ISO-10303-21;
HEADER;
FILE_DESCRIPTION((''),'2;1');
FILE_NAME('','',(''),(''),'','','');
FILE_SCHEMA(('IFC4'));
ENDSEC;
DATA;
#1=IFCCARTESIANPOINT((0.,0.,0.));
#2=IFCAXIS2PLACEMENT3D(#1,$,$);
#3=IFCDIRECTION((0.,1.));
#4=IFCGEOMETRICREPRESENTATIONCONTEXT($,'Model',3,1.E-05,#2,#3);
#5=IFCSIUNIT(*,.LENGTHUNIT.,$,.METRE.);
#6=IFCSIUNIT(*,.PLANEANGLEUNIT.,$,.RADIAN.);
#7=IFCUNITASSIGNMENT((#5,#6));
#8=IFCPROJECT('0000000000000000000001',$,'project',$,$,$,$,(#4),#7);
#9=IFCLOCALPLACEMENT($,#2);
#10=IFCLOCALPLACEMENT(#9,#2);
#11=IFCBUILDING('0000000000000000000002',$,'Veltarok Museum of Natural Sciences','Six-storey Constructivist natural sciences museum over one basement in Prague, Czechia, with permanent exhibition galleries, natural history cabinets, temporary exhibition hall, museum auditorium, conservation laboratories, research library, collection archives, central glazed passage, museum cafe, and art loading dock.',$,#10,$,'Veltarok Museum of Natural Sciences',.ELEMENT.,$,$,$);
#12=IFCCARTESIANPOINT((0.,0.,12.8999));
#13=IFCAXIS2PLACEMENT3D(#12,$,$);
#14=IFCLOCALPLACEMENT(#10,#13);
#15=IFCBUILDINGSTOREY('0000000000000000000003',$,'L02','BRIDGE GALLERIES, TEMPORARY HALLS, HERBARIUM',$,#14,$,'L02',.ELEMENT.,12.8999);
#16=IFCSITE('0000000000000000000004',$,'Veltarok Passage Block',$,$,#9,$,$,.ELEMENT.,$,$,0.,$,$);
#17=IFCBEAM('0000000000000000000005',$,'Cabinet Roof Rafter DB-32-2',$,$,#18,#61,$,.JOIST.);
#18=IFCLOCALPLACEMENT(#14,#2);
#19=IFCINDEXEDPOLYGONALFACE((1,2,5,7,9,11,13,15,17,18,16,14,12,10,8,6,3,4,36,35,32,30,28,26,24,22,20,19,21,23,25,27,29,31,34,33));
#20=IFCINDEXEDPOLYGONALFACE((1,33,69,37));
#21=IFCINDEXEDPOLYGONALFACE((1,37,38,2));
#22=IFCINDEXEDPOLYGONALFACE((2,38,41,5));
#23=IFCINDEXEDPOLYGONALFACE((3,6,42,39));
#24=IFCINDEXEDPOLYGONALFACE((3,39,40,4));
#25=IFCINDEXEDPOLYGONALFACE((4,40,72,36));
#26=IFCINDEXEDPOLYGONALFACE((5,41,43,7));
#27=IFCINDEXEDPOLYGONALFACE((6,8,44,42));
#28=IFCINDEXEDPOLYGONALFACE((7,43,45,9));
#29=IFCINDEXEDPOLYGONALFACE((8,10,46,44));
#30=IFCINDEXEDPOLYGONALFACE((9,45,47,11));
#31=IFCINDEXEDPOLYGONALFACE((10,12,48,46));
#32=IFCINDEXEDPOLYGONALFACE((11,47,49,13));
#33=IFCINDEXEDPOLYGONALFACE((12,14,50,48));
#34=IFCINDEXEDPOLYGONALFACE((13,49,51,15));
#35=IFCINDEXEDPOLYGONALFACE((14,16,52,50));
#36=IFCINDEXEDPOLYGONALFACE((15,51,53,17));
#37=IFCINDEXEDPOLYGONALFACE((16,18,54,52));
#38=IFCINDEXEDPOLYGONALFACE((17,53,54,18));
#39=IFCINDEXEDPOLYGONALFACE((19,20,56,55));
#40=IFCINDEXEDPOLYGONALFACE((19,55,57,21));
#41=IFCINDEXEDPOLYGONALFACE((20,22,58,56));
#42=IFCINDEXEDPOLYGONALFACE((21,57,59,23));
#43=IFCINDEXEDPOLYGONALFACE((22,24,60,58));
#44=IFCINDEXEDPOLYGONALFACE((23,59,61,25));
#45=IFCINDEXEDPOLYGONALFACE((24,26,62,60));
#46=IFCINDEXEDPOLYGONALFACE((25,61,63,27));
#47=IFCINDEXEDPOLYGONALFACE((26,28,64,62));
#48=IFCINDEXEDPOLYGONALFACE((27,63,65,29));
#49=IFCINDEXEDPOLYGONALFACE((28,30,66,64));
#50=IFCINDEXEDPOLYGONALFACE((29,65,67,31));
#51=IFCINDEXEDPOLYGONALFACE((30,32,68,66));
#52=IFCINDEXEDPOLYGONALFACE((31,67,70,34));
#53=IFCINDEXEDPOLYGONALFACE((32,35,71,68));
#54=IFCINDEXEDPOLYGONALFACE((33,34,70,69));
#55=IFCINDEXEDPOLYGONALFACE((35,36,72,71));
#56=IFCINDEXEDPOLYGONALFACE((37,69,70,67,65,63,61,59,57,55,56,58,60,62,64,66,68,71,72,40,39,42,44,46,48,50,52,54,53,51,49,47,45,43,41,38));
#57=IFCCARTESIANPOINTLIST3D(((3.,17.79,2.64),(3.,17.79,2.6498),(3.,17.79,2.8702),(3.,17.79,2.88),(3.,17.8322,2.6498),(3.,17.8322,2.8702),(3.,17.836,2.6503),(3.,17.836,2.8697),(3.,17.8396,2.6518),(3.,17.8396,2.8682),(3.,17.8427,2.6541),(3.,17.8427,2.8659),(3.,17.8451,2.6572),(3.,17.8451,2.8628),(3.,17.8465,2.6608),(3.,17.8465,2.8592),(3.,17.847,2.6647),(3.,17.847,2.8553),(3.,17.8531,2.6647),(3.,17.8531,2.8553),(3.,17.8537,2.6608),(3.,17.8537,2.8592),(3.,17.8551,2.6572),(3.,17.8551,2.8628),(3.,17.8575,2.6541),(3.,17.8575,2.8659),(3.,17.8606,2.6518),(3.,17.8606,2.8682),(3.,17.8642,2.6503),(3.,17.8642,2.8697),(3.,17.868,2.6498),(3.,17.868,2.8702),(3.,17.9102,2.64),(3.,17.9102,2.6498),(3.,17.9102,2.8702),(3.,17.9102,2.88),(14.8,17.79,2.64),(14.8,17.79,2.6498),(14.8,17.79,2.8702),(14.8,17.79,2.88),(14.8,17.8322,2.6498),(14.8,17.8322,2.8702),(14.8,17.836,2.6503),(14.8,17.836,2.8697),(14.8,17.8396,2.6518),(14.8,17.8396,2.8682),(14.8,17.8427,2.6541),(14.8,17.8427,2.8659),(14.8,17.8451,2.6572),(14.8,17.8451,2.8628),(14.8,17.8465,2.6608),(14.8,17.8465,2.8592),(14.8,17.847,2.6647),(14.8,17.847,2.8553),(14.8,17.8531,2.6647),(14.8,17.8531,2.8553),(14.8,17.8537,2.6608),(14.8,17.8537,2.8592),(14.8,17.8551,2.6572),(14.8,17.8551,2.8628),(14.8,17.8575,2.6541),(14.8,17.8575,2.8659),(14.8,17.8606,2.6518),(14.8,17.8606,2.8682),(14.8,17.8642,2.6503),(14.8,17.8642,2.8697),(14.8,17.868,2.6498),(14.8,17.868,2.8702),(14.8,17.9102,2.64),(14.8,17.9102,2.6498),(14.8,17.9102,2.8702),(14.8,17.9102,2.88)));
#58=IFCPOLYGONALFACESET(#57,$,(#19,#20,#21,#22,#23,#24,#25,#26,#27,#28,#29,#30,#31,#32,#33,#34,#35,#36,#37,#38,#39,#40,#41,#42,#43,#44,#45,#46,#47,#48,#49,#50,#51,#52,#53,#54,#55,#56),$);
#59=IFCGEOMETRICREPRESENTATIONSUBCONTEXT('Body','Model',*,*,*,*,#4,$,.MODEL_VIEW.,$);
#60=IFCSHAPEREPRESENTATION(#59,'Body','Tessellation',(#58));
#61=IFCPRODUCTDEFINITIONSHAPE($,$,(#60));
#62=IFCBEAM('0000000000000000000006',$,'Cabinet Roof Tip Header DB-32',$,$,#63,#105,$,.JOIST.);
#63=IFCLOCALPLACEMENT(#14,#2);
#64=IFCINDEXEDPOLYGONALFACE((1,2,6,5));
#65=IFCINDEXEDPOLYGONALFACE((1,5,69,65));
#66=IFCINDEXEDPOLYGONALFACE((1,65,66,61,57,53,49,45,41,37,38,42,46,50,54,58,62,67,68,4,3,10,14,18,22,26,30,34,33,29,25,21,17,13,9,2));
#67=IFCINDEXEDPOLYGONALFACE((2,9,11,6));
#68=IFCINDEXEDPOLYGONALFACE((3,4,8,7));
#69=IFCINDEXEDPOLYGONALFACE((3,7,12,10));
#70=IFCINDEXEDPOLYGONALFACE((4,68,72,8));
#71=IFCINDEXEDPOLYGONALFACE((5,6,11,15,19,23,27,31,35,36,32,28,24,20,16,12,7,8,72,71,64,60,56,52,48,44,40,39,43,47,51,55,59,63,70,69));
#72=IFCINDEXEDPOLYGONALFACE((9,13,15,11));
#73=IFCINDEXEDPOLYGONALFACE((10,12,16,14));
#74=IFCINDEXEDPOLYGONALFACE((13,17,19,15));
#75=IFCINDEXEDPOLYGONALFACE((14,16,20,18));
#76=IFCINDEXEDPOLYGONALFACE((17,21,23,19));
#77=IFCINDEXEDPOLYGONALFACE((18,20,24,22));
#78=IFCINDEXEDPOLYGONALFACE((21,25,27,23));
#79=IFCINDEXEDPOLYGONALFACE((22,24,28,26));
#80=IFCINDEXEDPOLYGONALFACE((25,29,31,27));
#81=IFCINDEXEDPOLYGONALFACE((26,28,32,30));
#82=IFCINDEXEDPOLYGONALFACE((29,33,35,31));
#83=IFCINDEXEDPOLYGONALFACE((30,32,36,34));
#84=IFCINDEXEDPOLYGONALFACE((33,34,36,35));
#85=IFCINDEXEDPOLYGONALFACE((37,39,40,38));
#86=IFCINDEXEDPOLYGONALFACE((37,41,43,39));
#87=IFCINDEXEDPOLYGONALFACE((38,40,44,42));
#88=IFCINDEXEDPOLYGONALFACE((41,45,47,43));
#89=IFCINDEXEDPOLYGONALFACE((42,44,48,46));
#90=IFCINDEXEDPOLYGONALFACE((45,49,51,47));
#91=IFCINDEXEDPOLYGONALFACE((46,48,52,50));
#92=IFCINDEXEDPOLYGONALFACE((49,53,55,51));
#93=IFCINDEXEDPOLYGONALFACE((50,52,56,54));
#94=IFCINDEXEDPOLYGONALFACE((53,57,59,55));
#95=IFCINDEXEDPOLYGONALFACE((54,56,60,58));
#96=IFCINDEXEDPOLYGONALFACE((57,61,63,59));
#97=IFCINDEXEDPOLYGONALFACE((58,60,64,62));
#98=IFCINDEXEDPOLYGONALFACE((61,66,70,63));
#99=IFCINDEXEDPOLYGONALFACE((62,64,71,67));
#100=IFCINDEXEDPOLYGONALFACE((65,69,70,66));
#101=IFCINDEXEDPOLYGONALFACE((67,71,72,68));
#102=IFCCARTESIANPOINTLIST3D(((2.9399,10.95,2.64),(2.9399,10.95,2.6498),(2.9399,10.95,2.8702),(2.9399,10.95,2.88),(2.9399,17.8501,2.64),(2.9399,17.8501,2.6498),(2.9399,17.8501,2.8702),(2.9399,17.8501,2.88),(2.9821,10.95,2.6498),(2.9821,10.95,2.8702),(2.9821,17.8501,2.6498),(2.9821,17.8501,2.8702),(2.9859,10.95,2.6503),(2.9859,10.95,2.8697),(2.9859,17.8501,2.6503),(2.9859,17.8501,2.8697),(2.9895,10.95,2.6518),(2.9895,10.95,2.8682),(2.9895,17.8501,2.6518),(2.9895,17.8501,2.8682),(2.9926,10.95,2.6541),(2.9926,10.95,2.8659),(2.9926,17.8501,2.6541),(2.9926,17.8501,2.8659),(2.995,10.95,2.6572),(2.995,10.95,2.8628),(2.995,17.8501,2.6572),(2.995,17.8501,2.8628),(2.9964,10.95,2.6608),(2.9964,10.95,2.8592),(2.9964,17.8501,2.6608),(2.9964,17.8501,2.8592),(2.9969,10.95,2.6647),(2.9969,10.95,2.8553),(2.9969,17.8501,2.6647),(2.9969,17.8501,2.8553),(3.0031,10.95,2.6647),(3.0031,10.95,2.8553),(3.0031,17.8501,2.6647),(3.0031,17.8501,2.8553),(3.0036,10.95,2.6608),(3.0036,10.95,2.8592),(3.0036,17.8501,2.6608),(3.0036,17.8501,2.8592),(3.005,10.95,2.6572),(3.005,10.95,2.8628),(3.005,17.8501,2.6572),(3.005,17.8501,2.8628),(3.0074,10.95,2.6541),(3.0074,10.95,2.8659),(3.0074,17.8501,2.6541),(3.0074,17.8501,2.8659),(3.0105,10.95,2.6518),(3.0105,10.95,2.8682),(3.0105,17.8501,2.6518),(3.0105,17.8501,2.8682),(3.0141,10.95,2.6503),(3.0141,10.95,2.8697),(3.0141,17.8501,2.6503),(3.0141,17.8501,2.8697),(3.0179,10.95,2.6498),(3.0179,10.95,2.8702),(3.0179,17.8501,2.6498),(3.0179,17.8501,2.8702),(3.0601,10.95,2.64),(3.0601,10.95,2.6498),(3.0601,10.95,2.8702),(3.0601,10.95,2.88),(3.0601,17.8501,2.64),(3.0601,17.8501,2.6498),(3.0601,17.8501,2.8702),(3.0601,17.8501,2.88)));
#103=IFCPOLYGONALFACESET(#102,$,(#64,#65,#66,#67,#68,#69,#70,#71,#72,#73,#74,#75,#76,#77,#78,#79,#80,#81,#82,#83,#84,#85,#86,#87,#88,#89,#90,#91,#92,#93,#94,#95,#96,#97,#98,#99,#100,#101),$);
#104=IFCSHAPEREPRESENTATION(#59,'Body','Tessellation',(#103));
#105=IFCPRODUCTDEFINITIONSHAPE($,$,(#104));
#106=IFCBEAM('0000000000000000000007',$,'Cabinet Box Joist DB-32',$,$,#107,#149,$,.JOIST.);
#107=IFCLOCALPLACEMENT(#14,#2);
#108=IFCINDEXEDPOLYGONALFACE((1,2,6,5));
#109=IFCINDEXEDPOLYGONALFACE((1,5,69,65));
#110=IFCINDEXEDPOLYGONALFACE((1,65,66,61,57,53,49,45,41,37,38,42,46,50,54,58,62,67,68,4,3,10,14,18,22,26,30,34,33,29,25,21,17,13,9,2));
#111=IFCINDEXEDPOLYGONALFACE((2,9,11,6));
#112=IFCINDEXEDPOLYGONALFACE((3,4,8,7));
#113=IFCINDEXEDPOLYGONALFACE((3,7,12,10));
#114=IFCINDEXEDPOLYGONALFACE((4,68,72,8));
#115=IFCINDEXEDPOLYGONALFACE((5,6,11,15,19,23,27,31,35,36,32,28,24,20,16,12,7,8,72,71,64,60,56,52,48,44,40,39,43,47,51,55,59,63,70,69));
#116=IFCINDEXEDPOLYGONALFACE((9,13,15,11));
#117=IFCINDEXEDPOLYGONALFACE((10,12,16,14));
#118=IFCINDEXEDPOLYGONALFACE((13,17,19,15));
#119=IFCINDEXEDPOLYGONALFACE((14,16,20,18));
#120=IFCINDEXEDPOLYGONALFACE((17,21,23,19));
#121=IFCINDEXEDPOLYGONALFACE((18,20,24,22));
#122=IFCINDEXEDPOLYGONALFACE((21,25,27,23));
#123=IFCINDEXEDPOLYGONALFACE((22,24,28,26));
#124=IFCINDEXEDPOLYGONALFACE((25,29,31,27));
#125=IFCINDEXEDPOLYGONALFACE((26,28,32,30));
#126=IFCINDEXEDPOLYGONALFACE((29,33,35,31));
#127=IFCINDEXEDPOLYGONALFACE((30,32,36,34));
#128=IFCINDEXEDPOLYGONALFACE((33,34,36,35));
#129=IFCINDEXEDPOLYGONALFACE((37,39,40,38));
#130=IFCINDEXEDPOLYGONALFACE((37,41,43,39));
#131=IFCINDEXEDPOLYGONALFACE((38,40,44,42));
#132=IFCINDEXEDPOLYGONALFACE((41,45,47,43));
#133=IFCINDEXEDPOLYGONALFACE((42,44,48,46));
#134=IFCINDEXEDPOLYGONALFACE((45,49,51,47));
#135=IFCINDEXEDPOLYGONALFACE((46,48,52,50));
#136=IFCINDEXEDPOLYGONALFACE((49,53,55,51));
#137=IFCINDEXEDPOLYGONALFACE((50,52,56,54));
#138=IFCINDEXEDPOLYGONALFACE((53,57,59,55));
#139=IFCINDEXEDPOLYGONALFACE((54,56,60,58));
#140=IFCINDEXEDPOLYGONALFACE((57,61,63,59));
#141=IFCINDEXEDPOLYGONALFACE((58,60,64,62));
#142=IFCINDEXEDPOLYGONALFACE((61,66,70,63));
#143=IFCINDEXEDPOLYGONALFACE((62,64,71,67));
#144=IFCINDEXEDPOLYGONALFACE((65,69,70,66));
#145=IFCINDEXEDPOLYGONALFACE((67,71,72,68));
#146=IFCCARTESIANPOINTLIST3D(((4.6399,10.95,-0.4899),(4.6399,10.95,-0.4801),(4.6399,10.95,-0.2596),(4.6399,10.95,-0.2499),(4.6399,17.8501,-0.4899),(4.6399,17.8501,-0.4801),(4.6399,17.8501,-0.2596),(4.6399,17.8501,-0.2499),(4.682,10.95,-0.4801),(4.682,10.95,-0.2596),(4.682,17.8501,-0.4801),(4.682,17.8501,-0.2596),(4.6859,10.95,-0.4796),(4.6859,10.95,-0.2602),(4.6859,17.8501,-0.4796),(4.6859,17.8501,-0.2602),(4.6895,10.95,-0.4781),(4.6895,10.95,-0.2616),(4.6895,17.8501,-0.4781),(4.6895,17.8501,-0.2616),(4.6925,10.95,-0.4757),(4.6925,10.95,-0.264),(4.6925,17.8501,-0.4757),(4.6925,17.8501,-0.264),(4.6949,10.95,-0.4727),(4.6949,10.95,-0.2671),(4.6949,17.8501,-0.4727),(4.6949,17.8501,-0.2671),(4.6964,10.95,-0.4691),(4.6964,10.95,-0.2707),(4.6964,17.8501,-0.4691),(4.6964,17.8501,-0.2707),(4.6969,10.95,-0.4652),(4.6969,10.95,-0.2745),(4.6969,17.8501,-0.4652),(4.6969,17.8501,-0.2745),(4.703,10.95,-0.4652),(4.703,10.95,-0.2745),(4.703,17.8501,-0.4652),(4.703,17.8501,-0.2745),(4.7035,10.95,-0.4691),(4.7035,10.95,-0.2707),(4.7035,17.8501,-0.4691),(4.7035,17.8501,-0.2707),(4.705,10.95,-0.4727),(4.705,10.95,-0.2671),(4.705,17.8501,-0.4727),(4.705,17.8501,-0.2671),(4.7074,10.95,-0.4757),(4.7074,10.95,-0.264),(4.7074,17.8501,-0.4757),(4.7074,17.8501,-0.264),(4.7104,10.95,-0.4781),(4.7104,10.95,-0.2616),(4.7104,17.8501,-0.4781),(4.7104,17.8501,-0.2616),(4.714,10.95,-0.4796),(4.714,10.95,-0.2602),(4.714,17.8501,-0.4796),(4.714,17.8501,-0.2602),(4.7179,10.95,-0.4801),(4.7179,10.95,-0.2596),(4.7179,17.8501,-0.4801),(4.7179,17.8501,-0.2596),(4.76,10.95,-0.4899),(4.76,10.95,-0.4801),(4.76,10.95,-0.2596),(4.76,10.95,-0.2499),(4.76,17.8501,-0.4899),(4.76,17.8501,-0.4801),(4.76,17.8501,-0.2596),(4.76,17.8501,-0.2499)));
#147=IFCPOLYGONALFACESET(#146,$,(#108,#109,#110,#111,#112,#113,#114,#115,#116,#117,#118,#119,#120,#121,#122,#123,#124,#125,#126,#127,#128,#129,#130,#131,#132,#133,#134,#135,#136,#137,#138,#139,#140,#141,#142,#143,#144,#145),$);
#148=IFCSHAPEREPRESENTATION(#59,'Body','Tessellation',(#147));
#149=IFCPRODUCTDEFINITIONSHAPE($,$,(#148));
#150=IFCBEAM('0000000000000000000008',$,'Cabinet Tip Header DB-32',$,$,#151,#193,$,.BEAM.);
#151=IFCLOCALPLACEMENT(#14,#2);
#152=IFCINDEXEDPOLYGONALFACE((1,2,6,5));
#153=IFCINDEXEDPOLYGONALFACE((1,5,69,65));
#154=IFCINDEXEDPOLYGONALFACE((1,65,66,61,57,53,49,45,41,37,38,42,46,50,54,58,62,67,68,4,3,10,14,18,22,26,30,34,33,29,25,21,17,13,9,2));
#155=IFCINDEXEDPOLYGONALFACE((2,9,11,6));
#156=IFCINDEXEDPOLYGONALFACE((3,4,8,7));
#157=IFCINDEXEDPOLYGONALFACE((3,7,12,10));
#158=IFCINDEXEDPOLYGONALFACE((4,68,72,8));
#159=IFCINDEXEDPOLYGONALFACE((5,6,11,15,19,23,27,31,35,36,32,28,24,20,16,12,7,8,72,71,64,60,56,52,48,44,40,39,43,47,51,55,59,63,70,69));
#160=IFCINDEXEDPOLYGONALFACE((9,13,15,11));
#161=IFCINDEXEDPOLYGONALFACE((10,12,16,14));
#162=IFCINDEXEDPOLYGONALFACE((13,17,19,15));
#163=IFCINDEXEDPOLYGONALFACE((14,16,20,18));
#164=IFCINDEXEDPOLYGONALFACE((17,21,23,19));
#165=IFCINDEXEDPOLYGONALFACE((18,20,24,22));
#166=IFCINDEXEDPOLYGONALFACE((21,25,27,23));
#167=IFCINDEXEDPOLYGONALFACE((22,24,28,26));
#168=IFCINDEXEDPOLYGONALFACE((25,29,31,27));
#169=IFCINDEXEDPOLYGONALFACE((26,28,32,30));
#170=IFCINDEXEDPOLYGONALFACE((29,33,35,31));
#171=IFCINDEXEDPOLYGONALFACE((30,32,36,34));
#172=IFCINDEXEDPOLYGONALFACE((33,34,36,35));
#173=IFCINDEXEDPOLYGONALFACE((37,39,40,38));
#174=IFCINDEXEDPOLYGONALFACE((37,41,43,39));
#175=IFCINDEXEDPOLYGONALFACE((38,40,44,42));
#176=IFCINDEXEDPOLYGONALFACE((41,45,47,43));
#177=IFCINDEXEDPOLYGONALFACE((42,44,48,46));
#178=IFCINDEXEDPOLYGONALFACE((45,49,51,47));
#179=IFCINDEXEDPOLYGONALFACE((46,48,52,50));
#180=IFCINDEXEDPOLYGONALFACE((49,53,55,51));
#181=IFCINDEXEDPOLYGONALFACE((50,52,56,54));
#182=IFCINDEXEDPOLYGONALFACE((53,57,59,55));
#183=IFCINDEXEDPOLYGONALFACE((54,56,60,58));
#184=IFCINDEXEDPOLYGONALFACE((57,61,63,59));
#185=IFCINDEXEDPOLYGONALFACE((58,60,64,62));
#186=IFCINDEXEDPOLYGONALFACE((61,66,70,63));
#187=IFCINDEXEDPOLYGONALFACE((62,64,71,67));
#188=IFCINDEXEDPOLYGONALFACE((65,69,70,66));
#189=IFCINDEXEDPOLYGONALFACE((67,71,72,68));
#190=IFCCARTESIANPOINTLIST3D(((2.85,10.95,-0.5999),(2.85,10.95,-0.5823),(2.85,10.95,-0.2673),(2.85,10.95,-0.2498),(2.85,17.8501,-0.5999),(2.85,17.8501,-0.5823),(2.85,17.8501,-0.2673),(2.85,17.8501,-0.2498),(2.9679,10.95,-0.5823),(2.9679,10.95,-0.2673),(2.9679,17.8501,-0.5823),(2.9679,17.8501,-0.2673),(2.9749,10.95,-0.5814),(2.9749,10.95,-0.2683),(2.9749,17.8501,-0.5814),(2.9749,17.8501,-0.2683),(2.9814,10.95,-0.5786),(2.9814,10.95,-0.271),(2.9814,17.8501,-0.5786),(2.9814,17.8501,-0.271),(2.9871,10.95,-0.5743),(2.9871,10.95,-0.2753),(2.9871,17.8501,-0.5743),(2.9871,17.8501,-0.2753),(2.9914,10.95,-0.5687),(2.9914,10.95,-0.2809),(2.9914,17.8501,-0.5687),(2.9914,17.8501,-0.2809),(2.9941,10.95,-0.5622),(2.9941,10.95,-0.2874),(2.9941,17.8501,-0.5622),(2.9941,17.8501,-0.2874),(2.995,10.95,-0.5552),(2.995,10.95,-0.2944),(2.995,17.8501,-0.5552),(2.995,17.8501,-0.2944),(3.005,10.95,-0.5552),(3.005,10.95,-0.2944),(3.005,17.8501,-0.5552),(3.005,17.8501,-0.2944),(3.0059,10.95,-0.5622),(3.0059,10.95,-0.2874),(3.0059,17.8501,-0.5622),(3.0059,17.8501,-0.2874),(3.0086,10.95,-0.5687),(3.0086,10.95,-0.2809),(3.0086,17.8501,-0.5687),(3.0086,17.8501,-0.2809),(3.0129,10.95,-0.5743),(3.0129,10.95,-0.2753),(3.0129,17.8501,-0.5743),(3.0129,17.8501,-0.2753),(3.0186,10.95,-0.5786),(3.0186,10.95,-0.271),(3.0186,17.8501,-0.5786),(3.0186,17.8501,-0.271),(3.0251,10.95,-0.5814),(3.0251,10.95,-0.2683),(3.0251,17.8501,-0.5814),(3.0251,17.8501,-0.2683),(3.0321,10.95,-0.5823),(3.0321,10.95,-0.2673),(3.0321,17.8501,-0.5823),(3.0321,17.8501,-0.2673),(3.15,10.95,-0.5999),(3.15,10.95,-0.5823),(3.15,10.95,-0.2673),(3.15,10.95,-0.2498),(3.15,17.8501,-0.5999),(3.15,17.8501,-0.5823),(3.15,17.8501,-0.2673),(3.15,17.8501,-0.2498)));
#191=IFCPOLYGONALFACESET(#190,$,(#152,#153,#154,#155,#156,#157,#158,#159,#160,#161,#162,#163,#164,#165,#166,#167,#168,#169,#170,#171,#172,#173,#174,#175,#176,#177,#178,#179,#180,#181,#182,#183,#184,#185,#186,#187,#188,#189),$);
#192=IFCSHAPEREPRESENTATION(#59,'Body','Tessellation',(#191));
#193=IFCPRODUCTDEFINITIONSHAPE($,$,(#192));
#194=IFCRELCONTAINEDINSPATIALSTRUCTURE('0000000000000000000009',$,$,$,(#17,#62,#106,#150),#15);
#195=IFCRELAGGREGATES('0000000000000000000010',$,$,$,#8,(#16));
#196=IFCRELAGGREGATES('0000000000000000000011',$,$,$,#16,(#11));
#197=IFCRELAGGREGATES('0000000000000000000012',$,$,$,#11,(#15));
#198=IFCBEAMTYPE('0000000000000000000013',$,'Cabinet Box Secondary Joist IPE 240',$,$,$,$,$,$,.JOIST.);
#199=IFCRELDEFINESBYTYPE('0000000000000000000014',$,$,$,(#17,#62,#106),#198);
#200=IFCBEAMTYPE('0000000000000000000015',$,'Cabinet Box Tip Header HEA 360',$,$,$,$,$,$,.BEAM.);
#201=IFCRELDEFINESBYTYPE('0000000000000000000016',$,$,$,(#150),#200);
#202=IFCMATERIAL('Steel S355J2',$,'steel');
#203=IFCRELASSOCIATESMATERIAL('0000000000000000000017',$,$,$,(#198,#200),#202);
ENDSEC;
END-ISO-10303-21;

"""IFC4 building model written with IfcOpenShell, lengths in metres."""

from ifc_helpers import new_model, si_unit, direction, frame, origin, origin_2d, place, context, subcontext, project, spatial, i_section, extrude, material, material_profile, profile_set, type_object, element, save


model = new_model("IFC4")

# Units and contexts
model_context = context("Model", 3, precision=1e-05, world=origin(), true_north=direction((0.0, 1.0)))
body_context = subcontext(model_context, "Body", "Model", "MODEL_VIEW")
ifc_project = project(units=[si_unit("LENGTHUNIT", "METRE"), si_unit("PLANEANGLEUNIT", "RADIAN")], contexts=[model_context])

# Site, building, storey
site_placement = place(None, origin())
site = spatial("IfcSite", under=ifc_project, at=site_placement, Name="Veltarok Passage Block", CompositionType="ELEMENT", RefElevation=0.0)
building_placement = place(site_placement, origin())
building = spatial("IfcBuilding", under=site, at=building_placement, Name="Veltarok Museum of Natural Sciences", Description="Six-storey Constructivist natural sciences museum over one basement in Prague, Czechia, with permanent exhibition galleries, natural history cabinets, temporary exhibition hall, museum auditorium, conservation laboratories, research library, collection archives, central glazed passage, museum cafe, and art loading dock.", LongName="Veltarok Museum of Natural Sciences", CompositionType="ELEMENT")
storey_placement = place(building_placement, frame((0.0, 0.0, 12.8999)))
storey = spatial("IfcBuildingStorey", under=building, at=storey_placement, Name="L02", Description="BRIDGE GALLERIES, TEMPORARY HALLS, HERBARIUM", LongName="L02", CompositionType="ELEMENT", Elevation=12.8999)

# Shared definitions
ifc_material_1 = material(Name="Steel S355J2", Category="steel")

# Beams
ifc_material_profile_1 = material_profile(ifc_material_1, i_section(OverallWidth=0.1201, OverallDepth=0.24, WebThickness=0.0061, FlangeThickness=0.0098, FilletRadius=0.0149, at=origin_2d()), Name="IPE 240")
ifc_profile_set_1 = profile_set([ifc_material_profile_1], Name="Steel S355J2")
beam_type_1 = type_object("IfcBeamType", Name="Cabinet Box Secondary Joist IPE 240", PredefinedType="JOIST", material=ifc_profile_set_1)
for number, where, z_axis, x_axis, name in (
    (1, (3.0, 17.8501, 2.76), (1.0, 0.0, 0.0), (0.0, 1.0, 0.0), "Cabinet Roof Rafter DB-32-2"),
):
    element("IfcBeam", number, at=place(storey_placement, frame(where, z_axis=z_axis, x_axis=x_axis)), inside=storey, type_object=beam_type_1, Name=name, PredefinedType="JOIST", context=body_context, shape_type="SweptSolid", body=[
        extrude(i_section(OverallWidth=0.1201, OverallDepth=0.24, WebThickness=0.0061, FlangeThickness=0.0098, FilletRadius=0.0149, at=origin_2d()), origin(), (0.0, 0.0, 1.0), 11.8),
    ])
for number, where, z_axis, x_axis, name in (
    (2, (3.0, 10.95, 2.76), (0.0, 1.0, 0.0), (-1.0, 0.0, 0.0), "Cabinet Roof Tip Header DB-32"),
    (3, (4.7, 10.95, -0.3699), (0.0, 1.0, 0.0), (-1.0, 0.0, 0.0), "Cabinet Box Joist DB-32"),
):
    element("IfcBeam", number, at=place(storey_placement, frame(where, z_axis=z_axis, x_axis=x_axis)), inside=storey, type_object=beam_type_1, Name=name, PredefinedType="JOIST", context=body_context, shape_type="SweptSolid", body=[
        extrude(i_section(OverallWidth=0.1201, OverallDepth=0.24, WebThickness=0.0061, FlangeThickness=0.0098, FilletRadius=0.0149, at=origin_2d()), origin(), (0.0, 0.0, 1.0), 6.9001),
    ])
ifc_material_profile_2 = material_profile(ifc_material_1, i_section(OverallWidth=0.3, OverallDepth=0.3501, WebThickness=0.01, FlangeThickness=0.0176, FilletRadius=0.0271, at=origin_2d()), Name="HEA 360")
ifc_profile_set_2 = profile_set([ifc_material_profile_2], Name="Steel S355J2")
beam_type_2 = type_object("IfcBeamType", Name="Cabinet Box Tip Header HEA 360", PredefinedType="BEAM", material=ifc_profile_set_2)
beam_1_placement = place(storey_placement, frame((3.0, 10.95, -0.4248), z_axis=(0.0, 1.0, 0.0), x_axis=(-1.0, 0.0, 0.0)))
element("IfcBeam", 4, at=beam_1_placement, inside=storey, type_object=beam_type_2, Name="Cabinet Tip Header DB-32", PredefinedType="BEAM", context=body_context, shape_type="SweptSolid", body=[
    extrude(i_section(OverallWidth=0.3, OverallDepth=0.3501, WebThickness=0.01, FlangeThickness=0.0176, FilletRadius=0.0271, at=origin_2d()), origin(), (0.0, 0.0, 1.0), 6.9001),
])

save(model, "model.ifc")
